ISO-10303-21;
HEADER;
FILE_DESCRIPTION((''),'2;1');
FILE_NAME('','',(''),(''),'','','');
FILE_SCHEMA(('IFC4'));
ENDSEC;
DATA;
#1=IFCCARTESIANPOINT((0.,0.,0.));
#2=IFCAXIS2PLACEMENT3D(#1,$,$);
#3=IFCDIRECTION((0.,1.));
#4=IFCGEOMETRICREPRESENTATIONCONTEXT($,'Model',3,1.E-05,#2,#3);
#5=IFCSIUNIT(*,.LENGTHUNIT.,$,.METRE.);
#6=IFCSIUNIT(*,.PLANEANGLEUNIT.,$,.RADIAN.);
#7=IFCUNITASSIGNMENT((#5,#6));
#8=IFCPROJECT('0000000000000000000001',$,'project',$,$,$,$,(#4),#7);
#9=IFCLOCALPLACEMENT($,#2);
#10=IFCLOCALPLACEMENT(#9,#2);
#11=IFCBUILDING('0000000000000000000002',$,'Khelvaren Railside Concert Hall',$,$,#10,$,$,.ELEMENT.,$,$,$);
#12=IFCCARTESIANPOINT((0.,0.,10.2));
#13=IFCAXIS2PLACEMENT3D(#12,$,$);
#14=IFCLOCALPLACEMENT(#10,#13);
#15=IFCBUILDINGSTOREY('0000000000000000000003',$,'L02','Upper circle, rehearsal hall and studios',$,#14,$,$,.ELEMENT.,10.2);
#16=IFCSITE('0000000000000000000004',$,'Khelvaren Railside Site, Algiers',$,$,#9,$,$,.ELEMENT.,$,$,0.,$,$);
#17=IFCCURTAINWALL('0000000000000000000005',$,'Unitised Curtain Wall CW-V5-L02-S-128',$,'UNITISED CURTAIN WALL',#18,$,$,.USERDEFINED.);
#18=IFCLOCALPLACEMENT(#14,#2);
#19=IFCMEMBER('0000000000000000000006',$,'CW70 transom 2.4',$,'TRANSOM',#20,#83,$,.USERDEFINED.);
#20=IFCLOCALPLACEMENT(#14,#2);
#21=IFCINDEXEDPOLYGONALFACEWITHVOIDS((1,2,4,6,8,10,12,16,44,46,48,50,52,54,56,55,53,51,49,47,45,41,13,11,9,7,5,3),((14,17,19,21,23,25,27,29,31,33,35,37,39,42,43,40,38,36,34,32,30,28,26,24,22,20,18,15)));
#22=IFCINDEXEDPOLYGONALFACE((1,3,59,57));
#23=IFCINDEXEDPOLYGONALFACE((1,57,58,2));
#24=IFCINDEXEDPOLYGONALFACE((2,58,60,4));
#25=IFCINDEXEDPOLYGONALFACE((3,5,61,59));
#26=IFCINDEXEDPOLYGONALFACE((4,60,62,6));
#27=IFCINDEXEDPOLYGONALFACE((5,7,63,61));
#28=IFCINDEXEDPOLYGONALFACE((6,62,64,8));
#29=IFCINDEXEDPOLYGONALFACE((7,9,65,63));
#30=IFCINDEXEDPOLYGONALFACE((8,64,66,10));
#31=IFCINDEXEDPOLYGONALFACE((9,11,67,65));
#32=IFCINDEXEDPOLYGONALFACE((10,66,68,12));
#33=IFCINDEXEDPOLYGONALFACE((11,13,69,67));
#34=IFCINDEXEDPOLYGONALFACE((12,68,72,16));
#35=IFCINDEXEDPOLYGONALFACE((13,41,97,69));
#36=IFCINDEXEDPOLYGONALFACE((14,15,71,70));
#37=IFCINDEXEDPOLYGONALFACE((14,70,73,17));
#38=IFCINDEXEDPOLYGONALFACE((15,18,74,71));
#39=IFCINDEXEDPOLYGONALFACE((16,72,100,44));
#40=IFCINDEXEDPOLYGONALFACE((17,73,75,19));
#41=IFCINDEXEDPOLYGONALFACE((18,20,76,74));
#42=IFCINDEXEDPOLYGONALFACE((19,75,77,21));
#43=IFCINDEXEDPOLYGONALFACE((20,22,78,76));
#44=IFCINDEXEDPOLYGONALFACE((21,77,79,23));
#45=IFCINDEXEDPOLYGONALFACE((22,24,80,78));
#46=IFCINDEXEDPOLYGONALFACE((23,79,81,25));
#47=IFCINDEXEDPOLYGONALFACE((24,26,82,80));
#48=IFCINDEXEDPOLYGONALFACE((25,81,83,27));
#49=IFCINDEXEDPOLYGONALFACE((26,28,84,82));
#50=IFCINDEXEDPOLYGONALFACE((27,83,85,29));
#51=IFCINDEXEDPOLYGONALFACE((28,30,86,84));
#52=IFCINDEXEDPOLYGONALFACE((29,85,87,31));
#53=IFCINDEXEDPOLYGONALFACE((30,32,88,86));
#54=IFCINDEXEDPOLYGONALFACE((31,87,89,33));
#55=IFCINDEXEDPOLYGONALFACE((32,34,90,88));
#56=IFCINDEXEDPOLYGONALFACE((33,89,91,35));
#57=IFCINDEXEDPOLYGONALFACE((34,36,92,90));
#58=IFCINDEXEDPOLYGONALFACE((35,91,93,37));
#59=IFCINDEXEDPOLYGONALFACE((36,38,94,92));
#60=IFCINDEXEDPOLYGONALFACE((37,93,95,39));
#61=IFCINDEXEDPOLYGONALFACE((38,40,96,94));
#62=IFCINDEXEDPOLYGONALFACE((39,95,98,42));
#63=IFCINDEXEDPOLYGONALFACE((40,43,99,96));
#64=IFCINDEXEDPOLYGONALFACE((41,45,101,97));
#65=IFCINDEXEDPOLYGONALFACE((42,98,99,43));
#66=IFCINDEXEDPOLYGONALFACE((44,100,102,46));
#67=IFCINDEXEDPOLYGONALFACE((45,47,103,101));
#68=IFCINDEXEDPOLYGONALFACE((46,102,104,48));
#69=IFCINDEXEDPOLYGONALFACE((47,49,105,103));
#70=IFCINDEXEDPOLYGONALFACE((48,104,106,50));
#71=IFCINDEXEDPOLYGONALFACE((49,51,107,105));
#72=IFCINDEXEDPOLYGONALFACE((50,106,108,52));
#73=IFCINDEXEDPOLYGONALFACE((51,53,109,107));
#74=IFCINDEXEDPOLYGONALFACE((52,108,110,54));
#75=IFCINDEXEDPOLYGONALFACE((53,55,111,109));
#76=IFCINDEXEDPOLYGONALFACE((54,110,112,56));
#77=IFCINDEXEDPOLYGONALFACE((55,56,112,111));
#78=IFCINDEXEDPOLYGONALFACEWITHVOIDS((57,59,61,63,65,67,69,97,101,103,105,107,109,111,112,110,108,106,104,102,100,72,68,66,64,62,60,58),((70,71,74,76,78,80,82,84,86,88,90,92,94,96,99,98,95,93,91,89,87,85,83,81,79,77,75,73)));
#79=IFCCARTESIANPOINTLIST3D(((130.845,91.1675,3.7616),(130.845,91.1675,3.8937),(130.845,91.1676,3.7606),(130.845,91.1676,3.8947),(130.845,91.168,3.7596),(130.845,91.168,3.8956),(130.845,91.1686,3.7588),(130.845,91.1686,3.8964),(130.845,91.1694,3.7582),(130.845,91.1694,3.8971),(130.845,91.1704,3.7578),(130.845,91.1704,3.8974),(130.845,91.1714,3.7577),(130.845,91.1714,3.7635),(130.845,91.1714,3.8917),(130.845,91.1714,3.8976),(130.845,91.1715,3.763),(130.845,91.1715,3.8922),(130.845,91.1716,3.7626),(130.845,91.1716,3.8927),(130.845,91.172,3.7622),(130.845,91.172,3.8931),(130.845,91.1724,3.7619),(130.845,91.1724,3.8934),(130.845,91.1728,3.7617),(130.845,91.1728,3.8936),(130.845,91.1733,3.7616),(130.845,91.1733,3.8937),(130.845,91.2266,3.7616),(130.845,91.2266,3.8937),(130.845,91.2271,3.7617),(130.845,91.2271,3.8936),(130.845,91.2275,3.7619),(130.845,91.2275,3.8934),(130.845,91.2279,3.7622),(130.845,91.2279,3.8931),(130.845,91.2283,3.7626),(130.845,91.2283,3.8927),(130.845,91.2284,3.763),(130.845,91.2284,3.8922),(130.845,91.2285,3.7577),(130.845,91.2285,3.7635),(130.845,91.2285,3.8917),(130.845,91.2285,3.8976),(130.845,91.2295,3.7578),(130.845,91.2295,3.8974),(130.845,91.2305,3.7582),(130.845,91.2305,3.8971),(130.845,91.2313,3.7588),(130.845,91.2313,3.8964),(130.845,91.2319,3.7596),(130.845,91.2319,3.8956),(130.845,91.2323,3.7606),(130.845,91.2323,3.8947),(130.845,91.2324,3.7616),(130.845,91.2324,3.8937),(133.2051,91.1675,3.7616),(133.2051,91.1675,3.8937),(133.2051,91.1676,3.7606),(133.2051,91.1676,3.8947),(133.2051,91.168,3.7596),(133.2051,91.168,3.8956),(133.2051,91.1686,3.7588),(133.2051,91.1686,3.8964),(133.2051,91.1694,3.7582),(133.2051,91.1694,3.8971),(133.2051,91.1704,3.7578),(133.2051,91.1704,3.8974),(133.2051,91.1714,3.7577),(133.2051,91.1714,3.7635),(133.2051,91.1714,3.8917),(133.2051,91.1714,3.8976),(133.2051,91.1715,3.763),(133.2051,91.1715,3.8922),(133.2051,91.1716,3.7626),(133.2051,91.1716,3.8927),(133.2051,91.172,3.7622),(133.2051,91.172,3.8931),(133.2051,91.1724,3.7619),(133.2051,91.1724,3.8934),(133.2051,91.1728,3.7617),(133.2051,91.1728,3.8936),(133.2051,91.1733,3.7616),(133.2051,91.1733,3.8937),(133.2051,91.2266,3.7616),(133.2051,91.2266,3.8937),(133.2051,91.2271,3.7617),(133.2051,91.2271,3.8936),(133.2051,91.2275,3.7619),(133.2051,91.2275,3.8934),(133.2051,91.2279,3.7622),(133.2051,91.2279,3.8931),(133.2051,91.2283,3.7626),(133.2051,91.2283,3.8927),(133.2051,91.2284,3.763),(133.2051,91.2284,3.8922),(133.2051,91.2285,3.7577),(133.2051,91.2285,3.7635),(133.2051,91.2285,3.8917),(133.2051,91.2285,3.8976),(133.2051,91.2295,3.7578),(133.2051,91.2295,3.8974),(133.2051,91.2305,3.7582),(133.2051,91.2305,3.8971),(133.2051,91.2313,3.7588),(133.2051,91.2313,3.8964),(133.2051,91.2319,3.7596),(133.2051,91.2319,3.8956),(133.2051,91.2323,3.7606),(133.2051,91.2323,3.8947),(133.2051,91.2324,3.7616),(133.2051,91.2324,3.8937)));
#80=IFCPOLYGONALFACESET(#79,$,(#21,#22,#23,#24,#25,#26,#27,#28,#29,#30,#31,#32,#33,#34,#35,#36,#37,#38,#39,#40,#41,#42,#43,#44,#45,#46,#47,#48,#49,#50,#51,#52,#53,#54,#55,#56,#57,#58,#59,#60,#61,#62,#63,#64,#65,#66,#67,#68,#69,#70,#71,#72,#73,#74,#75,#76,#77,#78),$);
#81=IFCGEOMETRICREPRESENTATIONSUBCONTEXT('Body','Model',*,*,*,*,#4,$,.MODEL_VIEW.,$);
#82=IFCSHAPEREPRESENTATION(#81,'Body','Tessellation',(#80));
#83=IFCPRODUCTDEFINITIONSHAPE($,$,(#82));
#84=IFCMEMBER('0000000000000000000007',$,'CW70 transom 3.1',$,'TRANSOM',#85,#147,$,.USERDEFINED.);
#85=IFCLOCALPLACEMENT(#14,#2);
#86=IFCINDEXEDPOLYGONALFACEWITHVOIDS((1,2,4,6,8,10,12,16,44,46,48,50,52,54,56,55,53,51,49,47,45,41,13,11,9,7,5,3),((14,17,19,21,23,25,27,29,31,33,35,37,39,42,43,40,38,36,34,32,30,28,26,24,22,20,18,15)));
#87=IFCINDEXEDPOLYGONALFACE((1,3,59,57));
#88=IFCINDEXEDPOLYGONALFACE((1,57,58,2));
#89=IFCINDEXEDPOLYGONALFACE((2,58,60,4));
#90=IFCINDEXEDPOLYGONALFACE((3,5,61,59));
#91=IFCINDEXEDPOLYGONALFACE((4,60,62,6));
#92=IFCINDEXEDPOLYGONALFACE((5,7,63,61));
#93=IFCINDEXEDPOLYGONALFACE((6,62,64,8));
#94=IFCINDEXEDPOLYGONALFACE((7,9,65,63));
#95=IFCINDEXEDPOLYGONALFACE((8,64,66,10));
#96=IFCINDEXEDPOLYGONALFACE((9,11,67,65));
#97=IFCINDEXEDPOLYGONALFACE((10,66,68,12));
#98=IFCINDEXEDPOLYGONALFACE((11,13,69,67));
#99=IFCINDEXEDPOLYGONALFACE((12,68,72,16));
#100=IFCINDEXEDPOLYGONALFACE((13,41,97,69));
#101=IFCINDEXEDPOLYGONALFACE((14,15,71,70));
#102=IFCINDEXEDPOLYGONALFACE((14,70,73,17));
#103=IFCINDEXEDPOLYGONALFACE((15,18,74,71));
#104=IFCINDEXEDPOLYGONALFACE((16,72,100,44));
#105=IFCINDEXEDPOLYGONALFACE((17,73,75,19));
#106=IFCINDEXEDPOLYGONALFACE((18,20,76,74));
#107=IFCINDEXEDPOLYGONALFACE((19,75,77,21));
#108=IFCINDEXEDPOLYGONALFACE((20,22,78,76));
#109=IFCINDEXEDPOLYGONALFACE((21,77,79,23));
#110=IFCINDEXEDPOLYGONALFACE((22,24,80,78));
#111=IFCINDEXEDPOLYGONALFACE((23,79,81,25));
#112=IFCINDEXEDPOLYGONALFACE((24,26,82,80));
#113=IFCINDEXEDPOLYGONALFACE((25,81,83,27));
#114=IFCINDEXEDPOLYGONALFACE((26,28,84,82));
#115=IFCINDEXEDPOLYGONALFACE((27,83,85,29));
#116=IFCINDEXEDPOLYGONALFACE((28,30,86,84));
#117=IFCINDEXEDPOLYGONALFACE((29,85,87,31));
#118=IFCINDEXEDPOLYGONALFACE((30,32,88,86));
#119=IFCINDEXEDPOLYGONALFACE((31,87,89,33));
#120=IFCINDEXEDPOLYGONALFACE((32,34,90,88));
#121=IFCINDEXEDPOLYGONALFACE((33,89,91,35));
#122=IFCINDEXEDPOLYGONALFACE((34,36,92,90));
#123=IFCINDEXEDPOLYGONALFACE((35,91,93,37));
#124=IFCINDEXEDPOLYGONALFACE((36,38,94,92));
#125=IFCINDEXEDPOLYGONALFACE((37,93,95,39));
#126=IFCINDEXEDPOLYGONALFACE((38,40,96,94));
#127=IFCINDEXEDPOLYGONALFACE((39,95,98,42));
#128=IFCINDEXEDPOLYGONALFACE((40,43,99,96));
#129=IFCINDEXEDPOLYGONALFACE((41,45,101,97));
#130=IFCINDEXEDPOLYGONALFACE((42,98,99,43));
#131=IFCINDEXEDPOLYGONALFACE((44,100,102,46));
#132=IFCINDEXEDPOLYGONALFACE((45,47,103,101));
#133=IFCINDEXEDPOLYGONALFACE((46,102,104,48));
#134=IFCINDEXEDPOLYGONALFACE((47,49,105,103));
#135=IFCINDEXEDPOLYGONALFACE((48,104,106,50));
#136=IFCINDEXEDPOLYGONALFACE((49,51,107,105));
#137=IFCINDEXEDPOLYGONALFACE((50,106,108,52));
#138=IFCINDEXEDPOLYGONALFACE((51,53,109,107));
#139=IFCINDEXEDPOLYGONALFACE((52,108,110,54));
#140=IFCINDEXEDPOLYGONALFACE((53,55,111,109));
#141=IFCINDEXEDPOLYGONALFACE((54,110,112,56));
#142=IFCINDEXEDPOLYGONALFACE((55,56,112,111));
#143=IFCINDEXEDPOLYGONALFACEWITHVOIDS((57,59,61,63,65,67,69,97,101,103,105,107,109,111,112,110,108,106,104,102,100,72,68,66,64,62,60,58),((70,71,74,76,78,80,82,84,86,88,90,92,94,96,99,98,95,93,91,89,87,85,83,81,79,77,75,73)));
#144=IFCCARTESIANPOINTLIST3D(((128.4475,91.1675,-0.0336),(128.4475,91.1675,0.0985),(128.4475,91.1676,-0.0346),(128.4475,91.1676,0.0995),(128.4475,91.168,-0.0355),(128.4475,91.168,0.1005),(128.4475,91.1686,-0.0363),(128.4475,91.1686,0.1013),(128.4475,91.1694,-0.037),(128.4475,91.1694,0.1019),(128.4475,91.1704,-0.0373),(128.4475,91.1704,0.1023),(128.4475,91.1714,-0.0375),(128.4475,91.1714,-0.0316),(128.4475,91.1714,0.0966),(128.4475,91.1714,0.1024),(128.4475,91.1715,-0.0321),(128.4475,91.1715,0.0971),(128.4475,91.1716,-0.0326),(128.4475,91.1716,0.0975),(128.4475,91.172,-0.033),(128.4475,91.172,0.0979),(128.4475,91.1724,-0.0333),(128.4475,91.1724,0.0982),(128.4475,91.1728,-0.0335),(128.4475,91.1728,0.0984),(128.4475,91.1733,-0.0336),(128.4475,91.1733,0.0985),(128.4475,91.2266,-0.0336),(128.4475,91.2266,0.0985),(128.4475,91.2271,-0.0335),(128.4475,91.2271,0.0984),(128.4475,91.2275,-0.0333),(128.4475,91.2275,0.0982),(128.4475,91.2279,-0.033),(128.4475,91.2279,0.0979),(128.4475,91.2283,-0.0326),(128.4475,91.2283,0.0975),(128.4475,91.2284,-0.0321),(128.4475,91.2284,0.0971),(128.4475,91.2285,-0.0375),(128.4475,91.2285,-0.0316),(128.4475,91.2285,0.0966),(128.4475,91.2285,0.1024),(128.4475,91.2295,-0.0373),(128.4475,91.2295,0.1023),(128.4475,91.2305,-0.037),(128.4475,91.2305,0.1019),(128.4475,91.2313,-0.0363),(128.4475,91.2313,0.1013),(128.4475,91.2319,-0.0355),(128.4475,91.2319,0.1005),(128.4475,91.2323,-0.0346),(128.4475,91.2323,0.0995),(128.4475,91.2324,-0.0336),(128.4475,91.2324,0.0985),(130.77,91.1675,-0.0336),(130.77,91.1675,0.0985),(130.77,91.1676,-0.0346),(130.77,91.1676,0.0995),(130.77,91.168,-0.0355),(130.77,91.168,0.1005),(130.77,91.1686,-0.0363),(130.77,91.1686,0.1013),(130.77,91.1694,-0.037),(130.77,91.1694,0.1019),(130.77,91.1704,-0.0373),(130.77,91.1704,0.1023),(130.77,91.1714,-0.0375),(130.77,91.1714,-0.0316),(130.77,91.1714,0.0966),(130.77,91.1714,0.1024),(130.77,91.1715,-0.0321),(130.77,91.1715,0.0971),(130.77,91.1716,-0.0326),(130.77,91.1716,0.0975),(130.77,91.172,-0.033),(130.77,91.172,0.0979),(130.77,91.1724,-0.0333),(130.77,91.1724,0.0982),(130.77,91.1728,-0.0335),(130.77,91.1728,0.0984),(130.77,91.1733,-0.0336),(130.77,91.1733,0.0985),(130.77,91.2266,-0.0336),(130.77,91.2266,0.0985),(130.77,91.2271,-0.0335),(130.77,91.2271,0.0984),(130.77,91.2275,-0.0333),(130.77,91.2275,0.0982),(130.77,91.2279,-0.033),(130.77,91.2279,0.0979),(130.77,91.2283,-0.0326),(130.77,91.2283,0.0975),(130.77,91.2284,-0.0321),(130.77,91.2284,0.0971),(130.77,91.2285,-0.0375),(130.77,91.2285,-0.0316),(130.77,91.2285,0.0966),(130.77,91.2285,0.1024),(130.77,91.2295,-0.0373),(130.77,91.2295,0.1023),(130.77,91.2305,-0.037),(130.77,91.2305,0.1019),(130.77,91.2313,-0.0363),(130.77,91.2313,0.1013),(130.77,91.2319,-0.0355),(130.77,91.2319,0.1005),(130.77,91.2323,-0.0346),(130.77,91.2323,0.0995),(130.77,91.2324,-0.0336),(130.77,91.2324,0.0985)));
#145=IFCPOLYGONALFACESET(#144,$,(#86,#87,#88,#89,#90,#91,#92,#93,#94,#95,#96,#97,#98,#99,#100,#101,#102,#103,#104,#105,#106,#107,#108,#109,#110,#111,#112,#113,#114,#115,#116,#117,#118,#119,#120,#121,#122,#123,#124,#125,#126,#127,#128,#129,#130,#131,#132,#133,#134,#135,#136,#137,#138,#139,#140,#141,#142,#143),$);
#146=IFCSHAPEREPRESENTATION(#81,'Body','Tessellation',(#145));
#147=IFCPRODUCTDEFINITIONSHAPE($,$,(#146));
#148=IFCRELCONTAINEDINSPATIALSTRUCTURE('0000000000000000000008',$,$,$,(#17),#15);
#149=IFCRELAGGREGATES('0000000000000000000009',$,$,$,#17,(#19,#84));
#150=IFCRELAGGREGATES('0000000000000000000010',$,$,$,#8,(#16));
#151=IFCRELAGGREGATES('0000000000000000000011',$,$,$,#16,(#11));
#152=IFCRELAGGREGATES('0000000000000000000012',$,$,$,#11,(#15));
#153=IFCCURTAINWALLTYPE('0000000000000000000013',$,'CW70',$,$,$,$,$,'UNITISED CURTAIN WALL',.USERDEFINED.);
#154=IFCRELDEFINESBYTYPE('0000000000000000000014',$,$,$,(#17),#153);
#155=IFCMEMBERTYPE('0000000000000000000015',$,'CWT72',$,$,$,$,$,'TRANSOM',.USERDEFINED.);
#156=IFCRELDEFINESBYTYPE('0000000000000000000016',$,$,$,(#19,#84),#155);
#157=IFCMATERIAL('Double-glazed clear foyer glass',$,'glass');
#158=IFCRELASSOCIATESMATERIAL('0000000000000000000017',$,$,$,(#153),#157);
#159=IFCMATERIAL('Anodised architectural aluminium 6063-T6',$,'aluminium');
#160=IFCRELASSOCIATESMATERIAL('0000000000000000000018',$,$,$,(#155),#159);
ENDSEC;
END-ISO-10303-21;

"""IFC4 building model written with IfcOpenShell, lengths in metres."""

from ifc_helpers import new_model, si_unit, direction, frame, origin, origin_2d, place, context, subcontext, project, spatial, hollow_rectangle, extrude, material, material_profile, profile_set, type_object, element, aggregate, save


model = new_model("IFC4")

# Units and contexts
model_context = context("Model", 3, precision=1e-05, world=origin(), true_north=direction((0.0, 1.0)))
body_context = subcontext(model_context, "Body", "Model", "MODEL_VIEW")
ifc_project = project(units=[si_unit("LENGTHUNIT", "METRE"), si_unit("PLANEANGLEUNIT", "RADIAN")], contexts=[model_context])

# Site, building, storey
site_placement = place(None, origin())
site = spatial("IfcSite", under=ifc_project, at=site_placement, Name="Khelvaren Railside Site, Algiers", CompositionType="ELEMENT", RefElevation=0.0)
building_placement = place(site_placement, origin())
building = spatial("IfcBuilding", under=site, at=building_placement, Name="Khelvaren Railside Concert Hall", CompositionType="ELEMENT")
storey_placement = place(building_placement, frame((0.0, 0.0, 10.2)))
storey = spatial("IfcBuildingStorey", under=building, at=storey_placement, Name="L02", Description="Upper circle, rehearsal hall and studios", CompositionType="ELEMENT", Elevation=10.2)

# Curtain wall, members
ifc_material_1 = material(Name="Double-glazed clear foyer glass", Category="glass")
curtain_wall_type = type_object("IfcCurtainWallType", Name="CW70", ElementType="UNITISED CURTAIN WALL", PredefinedType="USERDEFINED", material=ifc_material_1)
curtain_wall_placement = place(storey_placement, origin())
curtain_wall = element("IfcCurtainWall", 1, at=curtain_wall_placement, inside=storey, type_object=curtain_wall_type, Name="Unitised Curtain Wall CW-V5-L02-S-128", ObjectType="UNITISED CURTAIN WALL", PredefinedType="USERDEFINED")
ifc_material_2 = material(Name="Anodised architectural aluminium 6063-T6", Category="aluminium")
ifc_material_profile_1 = material_profile(ifc_material_2, hollow_rectangle(XDim=0.0649, YDim=0.1399, WallThickness=0.0039, InnerFilletRadius=0.002, OuterFilletRadius=0.0039, at=origin_2d()), Name="CWT 65x140x4")
ifc_profile_set_1 = profile_set([ifc_material_profile_1], Name="Anodised architectural aluminium 6063-T6")
member_type_1 = type_object("IfcMemberType", Name="CWT72", ElementType="TRANSOM", PredefinedType="USERDEFINED", material=ifc_profile_set_1)
member_1_placement = place(storey_placement, frame((133.2051, 91.2, 3.8276), z_axis=(-1.0, 0.0, 0.0), x_axis=(0.0, -1.0, 0.0)))
member_1 = element("IfcMember", 2, at=member_1_placement, type_object=member_type_1, Name="CW70 transom 2.4", ObjectType="TRANSOM", PredefinedType="USERDEFINED", context=body_context, shape_type="SweptSolid", body=[
    extrude(hollow_rectangle(XDim=0.0649, YDim=0.1399, WallThickness=0.0039, InnerFilletRadius=0.002, OuterFilletRadius=0.0039, at=origin_2d()), origin(), (0.0, 0.0, 1.0), 2.3601),
])
member_2_placement = place(storey_placement, frame((130.77, 91.2, 0.0325), z_axis=(-1.0, 0.0, 0.0), x_axis=(0.0, -1.0, 0.0)))
member_2 = element("IfcMember", 3, at=member_2_placement, type_object=member_type_1, Name="CW70 transom 3.1", ObjectType="TRANSOM", PredefinedType="USERDEFINED", context=body_context, shape_type="SweptSolid", body=[
    extrude(hollow_rectangle(XDim=0.0649, YDim=0.1399, WallThickness=0.0039, InnerFilletRadius=0.002, OuterFilletRadius=0.0039, at=origin_2d()), origin(), (0.0, 0.0, 1.0), 2.3225),
])

aggregate(curtain_wall, [member_1, member_2])

save(model, "model.ifc")
